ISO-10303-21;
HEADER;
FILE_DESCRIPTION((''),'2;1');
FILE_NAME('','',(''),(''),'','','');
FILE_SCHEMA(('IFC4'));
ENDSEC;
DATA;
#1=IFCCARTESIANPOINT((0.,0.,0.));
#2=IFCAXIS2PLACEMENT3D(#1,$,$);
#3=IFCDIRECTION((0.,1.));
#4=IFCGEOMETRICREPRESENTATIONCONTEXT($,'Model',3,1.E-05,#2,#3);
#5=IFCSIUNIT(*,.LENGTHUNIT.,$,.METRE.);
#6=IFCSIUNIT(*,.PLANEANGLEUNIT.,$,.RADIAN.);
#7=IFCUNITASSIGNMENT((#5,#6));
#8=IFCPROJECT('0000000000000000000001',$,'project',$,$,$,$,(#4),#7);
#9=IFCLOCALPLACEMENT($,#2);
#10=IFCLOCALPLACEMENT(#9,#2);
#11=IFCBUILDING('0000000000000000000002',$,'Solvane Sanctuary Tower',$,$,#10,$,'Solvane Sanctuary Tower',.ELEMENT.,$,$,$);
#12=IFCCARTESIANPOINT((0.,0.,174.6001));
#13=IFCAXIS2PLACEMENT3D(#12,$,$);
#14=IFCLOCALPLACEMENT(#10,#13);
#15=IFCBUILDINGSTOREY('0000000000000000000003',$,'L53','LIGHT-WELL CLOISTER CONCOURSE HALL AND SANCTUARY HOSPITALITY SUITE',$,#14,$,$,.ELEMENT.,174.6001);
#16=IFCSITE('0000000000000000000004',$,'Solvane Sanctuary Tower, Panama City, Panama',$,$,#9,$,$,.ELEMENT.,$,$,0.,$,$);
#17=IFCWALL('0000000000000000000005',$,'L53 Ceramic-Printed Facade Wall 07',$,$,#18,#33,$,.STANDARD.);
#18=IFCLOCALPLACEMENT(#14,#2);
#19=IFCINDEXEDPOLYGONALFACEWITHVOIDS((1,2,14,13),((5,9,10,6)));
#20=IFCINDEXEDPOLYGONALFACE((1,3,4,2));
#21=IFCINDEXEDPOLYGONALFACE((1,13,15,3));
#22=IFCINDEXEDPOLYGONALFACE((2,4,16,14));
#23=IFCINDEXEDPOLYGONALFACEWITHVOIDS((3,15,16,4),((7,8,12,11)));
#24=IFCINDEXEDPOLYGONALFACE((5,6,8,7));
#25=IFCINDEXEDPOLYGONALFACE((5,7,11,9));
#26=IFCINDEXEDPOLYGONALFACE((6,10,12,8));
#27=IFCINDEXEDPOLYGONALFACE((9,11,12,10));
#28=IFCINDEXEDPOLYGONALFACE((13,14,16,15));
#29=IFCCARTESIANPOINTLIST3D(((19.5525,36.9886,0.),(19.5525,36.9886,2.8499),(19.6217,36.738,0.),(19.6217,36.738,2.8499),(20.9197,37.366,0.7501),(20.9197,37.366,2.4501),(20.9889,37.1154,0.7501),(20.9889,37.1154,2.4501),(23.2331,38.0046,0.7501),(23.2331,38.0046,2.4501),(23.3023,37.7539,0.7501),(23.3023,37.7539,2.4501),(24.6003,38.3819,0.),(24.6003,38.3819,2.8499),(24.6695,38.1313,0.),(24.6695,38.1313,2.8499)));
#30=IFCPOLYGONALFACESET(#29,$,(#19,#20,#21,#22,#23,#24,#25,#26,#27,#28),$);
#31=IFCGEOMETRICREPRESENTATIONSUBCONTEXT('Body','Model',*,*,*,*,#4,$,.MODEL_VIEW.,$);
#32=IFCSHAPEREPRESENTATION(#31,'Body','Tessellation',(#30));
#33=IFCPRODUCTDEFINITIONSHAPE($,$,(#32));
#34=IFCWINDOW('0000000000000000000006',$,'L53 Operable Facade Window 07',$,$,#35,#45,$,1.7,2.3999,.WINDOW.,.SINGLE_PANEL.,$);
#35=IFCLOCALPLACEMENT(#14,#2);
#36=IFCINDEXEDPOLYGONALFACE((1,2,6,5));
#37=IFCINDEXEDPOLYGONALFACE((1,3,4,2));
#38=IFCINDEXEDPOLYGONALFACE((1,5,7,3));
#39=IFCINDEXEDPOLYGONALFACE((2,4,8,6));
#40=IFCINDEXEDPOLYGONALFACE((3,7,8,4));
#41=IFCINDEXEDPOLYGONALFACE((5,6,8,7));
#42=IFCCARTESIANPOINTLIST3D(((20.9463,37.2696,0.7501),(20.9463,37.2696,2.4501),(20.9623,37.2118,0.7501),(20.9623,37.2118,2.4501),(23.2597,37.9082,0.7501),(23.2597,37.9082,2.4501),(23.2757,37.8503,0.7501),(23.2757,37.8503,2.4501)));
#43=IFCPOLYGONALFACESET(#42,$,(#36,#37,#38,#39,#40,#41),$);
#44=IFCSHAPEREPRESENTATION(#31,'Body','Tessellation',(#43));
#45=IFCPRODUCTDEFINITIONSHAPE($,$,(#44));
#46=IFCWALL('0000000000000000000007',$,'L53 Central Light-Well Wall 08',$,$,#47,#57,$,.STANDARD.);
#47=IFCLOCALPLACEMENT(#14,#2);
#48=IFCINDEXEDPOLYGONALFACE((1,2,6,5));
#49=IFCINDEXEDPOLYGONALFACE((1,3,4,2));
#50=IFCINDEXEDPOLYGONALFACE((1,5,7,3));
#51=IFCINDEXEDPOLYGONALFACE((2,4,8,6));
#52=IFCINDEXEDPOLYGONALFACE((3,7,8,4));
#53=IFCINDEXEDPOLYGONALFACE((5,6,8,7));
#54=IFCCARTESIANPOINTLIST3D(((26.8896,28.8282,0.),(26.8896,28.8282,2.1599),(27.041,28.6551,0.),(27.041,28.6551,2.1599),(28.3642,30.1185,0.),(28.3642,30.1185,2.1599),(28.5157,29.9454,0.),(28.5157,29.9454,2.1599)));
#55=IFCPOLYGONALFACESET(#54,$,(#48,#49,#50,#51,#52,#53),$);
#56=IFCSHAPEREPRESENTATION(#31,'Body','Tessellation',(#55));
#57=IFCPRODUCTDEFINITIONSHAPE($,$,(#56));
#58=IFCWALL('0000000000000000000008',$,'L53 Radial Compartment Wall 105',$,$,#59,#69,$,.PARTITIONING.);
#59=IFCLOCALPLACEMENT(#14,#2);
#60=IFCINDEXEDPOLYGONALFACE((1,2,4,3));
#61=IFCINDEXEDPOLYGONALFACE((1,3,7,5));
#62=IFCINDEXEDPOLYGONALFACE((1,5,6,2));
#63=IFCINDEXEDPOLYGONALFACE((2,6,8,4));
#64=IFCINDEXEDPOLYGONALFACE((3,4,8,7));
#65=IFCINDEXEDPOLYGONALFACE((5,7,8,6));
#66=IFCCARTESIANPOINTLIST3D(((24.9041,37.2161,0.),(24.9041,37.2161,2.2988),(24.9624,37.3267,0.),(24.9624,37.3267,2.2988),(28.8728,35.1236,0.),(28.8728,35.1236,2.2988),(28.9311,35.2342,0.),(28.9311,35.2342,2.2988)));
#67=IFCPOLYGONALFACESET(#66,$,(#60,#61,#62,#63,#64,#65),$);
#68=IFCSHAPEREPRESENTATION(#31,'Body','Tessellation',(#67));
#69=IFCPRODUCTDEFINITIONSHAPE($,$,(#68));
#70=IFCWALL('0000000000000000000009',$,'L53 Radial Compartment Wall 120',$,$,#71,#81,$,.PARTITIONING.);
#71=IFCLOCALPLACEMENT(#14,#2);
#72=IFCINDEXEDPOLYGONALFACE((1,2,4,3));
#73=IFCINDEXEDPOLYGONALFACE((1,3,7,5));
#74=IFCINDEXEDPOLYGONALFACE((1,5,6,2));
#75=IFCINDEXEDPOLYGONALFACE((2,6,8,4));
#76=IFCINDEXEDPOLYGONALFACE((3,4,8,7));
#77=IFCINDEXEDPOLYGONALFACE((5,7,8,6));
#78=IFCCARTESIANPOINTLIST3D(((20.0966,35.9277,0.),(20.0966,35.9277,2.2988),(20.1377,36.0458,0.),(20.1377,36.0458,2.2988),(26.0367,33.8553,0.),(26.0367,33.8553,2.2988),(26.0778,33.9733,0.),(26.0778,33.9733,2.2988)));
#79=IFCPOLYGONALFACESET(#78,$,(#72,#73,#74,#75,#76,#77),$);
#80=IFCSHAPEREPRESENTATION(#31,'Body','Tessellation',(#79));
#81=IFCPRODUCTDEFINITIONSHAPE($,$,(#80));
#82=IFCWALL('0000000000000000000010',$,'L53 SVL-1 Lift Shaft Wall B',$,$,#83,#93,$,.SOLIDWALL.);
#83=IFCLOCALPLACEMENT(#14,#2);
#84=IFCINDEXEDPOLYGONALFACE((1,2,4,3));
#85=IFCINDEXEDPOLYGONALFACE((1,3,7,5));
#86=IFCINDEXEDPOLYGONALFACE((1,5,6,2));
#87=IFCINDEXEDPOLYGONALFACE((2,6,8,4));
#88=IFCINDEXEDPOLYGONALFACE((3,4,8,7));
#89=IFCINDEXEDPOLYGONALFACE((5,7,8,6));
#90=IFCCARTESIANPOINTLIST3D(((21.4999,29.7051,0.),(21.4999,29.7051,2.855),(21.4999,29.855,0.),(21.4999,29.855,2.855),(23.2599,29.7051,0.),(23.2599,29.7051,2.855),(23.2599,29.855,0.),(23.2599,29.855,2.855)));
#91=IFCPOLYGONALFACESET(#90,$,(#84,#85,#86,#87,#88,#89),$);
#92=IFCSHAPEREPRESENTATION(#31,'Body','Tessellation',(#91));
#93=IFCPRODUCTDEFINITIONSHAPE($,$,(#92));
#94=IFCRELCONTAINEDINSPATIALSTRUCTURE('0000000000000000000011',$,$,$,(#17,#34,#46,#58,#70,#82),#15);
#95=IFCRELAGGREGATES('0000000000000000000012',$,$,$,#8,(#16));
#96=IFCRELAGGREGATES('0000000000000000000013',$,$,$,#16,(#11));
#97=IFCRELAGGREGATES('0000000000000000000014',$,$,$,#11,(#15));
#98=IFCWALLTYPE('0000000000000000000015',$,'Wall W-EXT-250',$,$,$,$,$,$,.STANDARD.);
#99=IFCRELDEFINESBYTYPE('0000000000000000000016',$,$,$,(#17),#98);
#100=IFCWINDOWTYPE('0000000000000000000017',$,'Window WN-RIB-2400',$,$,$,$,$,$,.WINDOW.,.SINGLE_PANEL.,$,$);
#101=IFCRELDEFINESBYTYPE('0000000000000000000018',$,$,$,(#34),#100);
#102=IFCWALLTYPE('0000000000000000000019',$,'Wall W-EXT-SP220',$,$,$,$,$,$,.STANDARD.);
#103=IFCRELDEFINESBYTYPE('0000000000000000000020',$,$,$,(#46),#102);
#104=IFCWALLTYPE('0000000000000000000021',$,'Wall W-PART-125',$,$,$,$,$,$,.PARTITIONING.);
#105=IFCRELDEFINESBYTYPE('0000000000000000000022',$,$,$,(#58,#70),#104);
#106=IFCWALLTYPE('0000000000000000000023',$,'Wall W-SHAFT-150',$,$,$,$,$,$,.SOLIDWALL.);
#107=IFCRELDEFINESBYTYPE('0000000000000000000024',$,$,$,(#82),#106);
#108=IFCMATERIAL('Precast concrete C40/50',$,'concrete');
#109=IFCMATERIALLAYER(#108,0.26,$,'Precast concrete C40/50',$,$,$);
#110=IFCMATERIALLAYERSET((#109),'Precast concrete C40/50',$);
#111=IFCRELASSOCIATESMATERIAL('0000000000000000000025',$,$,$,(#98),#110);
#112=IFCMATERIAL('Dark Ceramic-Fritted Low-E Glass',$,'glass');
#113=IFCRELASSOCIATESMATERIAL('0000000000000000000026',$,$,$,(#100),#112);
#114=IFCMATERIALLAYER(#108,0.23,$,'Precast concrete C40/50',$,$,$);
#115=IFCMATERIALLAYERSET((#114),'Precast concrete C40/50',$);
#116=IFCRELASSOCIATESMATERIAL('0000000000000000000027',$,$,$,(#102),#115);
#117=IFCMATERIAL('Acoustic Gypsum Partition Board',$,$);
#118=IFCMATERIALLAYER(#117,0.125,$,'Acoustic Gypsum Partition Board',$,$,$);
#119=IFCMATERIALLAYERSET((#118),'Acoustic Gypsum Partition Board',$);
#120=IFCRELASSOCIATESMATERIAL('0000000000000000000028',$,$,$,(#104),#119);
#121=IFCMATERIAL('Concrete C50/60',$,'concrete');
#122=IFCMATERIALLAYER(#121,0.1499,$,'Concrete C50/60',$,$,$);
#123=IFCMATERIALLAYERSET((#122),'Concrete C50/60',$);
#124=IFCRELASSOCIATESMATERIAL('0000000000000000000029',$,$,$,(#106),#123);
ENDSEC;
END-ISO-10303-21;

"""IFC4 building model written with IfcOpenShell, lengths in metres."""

from ifc_helpers import new_model, si_unit, direction, frame, frame_2d, origin, place, context, subcontext, project, spatial, rectangle, extrude, material, layer, layer_set, type_object, element, fill, save


model = new_model("IFC4")

# Units and contexts
model_context = context("Model", 3, precision=1e-05, world=origin(), true_north=direction((0.0, 1.0)))
body_context = subcontext(model_context, "Body", "Model", "MODEL_VIEW")
ifc_project = project(units=[si_unit("LENGTHUNIT", "METRE"), si_unit("PLANEANGLEUNIT", "RADIAN")], contexts=[model_context])

# Site, building, storey
site_placement = place(None, origin())
site = spatial("IfcSite", under=ifc_project, at=site_placement, Name="Solvane Sanctuary Tower, Panama City, Panama", CompositionType="ELEMENT", RefElevation=0.0)
building_placement = place(site_placement, origin())
building = spatial("IfcBuilding", under=site, at=building_placement, Name="Solvane Sanctuary Tower", LongName="Solvane Sanctuary Tower", CompositionType="ELEMENT")
storey_placement = place(building_placement, frame((0.0, 0.0, 174.6001)))
storey = spatial("IfcBuildingStorey", under=building, at=storey_placement, Name="L53", Description="LIGHT-WELL CLOISTER CONCOURSE HALL AND SANCTUARY HOSPITALITY SUITE", CompositionType="ELEMENT", Elevation=174.6001)

# Shared definitions
ifc_material_1 = material(Name="Concrete C50/60", Category="concrete")

# Shared definitions
ifc_material_2 = material(Name="Acoustic Gypsum Partition Board")

# Wall, opening, window
ifc_material_3 = material(Name="Precast concrete C40/50", Category="concrete")
ifc_layer_1 = layer(ifc_material_3, 0.26, Name="Precast concrete C40/50")
ifc_layer_set_1 = layer_set([ifc_layer_1], Name="Precast concrete C40/50")
wall_type_1 = type_object("IfcWallType", Name="Wall W-EXT-250", PredefinedType="STANDARD", material=ifc_layer_set_1)
wall_1_placement = place(storey_placement, frame((24.6348, 38.2566, 0.0), z_axis=(0.0, 0.0, 1.0), x_axis=(-0.963953, -0.266071, 0.0)))
wall_1 = element("IfcWall", 1, at=wall_1_placement, inside=storey, type_object=wall_type_1, Name="L53 Ceramic-Printed Facade Wall 07", PredefinedType="STANDARD", context=body_context, shape_type="SweptSolid", body=[
    extrude(rectangle(XDim=5.2366, YDim=0.26, at=frame_2d((2.6182, 0.0))), origin(), (0.0, 0.0, 1.0), 2.8499),
])
opening_placement = place(wall_1_placement, frame((1.4182, 0.0, 0.75)))
opening = element("IfcOpeningElement", 2, at=opening_placement, cuts=wall_1, PredefinedType="OPENING", context=body_context, shape_type="SweptSolid", body=[
    extrude(rectangle(XDim=2.3999, YDim=1.7, at=frame_2d((1.2, 0.8501))), frame((0.0, 0.1399, 0.0), z_axis=(0.0, -1.0, 0.0), x_axis=(1.0, 0.0, 0.0)), (0.0, 0.0, 1.0), 0.28),
])
ifc_material_4 = material(Name="Dark Ceramic-Fritted Low-E Glass", Category="glass")
window_type = type_object("IfcWindowType", Name="Window WN-RIB-2400", PartitioningType="SINGLE_PANEL", PredefinedType="WINDOW", material=ifc_material_4)
window_placement = place(opening_placement, origin())
window = element("IfcWindow", 3, at=window_placement, inside=storey, type_object=window_type, Name="L53 Operable Facade Window 07", OverallHeight=1.7, OverallWidth=2.3999, PartitioningType="SINGLE_PANEL", PredefinedType="WINDOW", context=body_context, shape_type="SweptSolid", body=[
    extrude(rectangle(XDim=2.3999, YDim=1.7, at=frame_2d((1.2, 0.8501))), frame((0.0, 0.03, 0.0), z_axis=(0.0, -1.0, 0.0), x_axis=(1.0, 0.0, 0.0)), (0.0, 0.0, 1.0), 0.0601),
])
fill(opening, window)

# Walls
ifc_layer_2 = layer(ifc_material_3, 0.23, Name="Precast concrete C40/50")
ifc_layer_set_2 = layer_set([ifc_layer_2], Name="Precast concrete C40/50")
wall_type_2 = type_object("IfcWallType", Name="Wall W-EXT-SP220", PredefinedType="STANDARD", material=ifc_layer_set_2)
wall_2_placement = place(storey_placement, frame((28.4399, 30.032, 0.0), z_axis=(0.0, 0.0, 1.0), x_axis=(-0.752577, -0.658505, 0.0)))
element("IfcWall", 4, at=wall_2_placement, inside=storey, type_object=wall_type_2, Name="L53 Central Light-Well Wall 08", PredefinedType="STANDARD", context=body_context, shape_type="SweptSolid", body=[
    extrude(rectangle(XDim=1.9595, YDim=0.23, at=frame_2d((0.9797, 0.0))), origin(), (0.0, 0.0, 1.0), 2.1599),
])
ifc_layer_3 = layer(ifc_material_2, 0.125, Name="Acoustic Gypsum Partition Board")
ifc_layer_set_3 = layer_set([ifc_layer_3], Name="Acoustic Gypsum Partition Board")
wall_type_3 = type_object("IfcWallType", Name="Wall W-PART-125", PredefinedType="PARTITIONING", material=ifc_layer_set_3)
wall_3_placement = place(storey_placement, frame((28.9019, 35.179, 0.0), z_axis=(0.0, 0.0, 1.0), x_axis=(-0.884577, 0.466394, 0.0)))
element("IfcWall", 5, at=wall_3_placement, inside=storey, type_object=wall_type_3, Name="L53 Radial Compartment Wall 105", PredefinedType="PARTITIONING", context=body_context, shape_type="SweptSolid", body=[
    extrude(rectangle(XDim=4.4866, YDim=0.125, at=frame_2d((2.2432, 0.0))), origin(), (0.0, 0.0, 1.0), 2.2988),
])
wall_4_placement = place(storey_placement, frame((26.0571, 33.9143, 0.0), z_axis=(0.0, 0.0, 1.0), x_axis=(-0.944183, 0.329422, 0.0)))
element("IfcWall", 6, at=wall_4_placement, inside=storey, type_object=wall_type_3, Name="L53 Radial Compartment Wall 120", PredefinedType="PARTITIONING", context=body_context, shape_type="SweptSolid", body=[
    extrude(rectangle(XDim=6.2913, YDim=0.125, at=frame_2d((3.1455, 0.0))), origin(), (0.0, 0.0, 1.0), 2.2988),
])
ifc_layer_4 = layer(ifc_material_1, 0.1499, Name="Concrete C50/60")
ifc_layer_set_4 = layer_set([ifc_layer_4], Name="Concrete C50/60")
wall_type_4 = type_object("IfcWallType", Name="Wall W-SHAFT-150", PredefinedType="SOLIDWALL", material=ifc_layer_set_4)
wall_5_placement = place(storey_placement, frame((21.5, 29.78, 0.0), z_axis=(0.0, 0.0, 1.0), x_axis=(1.0, 0.0, 0.0)))
element("IfcWall", 7, at=wall_5_placement, inside=storey, type_object=wall_type_4, Name="L53 SVL-1 Lift Shaft Wall B", PredefinedType="SOLIDWALL", context=body_context, shape_type="SweptSolid", body=[
    extrude(rectangle(XDim=1.76, YDim=0.1499, at=frame_2d((0.8799, 0.0))), origin(), (0.0, 0.0, 1.0), 2.855),
])

save(model, "model.ifc")
